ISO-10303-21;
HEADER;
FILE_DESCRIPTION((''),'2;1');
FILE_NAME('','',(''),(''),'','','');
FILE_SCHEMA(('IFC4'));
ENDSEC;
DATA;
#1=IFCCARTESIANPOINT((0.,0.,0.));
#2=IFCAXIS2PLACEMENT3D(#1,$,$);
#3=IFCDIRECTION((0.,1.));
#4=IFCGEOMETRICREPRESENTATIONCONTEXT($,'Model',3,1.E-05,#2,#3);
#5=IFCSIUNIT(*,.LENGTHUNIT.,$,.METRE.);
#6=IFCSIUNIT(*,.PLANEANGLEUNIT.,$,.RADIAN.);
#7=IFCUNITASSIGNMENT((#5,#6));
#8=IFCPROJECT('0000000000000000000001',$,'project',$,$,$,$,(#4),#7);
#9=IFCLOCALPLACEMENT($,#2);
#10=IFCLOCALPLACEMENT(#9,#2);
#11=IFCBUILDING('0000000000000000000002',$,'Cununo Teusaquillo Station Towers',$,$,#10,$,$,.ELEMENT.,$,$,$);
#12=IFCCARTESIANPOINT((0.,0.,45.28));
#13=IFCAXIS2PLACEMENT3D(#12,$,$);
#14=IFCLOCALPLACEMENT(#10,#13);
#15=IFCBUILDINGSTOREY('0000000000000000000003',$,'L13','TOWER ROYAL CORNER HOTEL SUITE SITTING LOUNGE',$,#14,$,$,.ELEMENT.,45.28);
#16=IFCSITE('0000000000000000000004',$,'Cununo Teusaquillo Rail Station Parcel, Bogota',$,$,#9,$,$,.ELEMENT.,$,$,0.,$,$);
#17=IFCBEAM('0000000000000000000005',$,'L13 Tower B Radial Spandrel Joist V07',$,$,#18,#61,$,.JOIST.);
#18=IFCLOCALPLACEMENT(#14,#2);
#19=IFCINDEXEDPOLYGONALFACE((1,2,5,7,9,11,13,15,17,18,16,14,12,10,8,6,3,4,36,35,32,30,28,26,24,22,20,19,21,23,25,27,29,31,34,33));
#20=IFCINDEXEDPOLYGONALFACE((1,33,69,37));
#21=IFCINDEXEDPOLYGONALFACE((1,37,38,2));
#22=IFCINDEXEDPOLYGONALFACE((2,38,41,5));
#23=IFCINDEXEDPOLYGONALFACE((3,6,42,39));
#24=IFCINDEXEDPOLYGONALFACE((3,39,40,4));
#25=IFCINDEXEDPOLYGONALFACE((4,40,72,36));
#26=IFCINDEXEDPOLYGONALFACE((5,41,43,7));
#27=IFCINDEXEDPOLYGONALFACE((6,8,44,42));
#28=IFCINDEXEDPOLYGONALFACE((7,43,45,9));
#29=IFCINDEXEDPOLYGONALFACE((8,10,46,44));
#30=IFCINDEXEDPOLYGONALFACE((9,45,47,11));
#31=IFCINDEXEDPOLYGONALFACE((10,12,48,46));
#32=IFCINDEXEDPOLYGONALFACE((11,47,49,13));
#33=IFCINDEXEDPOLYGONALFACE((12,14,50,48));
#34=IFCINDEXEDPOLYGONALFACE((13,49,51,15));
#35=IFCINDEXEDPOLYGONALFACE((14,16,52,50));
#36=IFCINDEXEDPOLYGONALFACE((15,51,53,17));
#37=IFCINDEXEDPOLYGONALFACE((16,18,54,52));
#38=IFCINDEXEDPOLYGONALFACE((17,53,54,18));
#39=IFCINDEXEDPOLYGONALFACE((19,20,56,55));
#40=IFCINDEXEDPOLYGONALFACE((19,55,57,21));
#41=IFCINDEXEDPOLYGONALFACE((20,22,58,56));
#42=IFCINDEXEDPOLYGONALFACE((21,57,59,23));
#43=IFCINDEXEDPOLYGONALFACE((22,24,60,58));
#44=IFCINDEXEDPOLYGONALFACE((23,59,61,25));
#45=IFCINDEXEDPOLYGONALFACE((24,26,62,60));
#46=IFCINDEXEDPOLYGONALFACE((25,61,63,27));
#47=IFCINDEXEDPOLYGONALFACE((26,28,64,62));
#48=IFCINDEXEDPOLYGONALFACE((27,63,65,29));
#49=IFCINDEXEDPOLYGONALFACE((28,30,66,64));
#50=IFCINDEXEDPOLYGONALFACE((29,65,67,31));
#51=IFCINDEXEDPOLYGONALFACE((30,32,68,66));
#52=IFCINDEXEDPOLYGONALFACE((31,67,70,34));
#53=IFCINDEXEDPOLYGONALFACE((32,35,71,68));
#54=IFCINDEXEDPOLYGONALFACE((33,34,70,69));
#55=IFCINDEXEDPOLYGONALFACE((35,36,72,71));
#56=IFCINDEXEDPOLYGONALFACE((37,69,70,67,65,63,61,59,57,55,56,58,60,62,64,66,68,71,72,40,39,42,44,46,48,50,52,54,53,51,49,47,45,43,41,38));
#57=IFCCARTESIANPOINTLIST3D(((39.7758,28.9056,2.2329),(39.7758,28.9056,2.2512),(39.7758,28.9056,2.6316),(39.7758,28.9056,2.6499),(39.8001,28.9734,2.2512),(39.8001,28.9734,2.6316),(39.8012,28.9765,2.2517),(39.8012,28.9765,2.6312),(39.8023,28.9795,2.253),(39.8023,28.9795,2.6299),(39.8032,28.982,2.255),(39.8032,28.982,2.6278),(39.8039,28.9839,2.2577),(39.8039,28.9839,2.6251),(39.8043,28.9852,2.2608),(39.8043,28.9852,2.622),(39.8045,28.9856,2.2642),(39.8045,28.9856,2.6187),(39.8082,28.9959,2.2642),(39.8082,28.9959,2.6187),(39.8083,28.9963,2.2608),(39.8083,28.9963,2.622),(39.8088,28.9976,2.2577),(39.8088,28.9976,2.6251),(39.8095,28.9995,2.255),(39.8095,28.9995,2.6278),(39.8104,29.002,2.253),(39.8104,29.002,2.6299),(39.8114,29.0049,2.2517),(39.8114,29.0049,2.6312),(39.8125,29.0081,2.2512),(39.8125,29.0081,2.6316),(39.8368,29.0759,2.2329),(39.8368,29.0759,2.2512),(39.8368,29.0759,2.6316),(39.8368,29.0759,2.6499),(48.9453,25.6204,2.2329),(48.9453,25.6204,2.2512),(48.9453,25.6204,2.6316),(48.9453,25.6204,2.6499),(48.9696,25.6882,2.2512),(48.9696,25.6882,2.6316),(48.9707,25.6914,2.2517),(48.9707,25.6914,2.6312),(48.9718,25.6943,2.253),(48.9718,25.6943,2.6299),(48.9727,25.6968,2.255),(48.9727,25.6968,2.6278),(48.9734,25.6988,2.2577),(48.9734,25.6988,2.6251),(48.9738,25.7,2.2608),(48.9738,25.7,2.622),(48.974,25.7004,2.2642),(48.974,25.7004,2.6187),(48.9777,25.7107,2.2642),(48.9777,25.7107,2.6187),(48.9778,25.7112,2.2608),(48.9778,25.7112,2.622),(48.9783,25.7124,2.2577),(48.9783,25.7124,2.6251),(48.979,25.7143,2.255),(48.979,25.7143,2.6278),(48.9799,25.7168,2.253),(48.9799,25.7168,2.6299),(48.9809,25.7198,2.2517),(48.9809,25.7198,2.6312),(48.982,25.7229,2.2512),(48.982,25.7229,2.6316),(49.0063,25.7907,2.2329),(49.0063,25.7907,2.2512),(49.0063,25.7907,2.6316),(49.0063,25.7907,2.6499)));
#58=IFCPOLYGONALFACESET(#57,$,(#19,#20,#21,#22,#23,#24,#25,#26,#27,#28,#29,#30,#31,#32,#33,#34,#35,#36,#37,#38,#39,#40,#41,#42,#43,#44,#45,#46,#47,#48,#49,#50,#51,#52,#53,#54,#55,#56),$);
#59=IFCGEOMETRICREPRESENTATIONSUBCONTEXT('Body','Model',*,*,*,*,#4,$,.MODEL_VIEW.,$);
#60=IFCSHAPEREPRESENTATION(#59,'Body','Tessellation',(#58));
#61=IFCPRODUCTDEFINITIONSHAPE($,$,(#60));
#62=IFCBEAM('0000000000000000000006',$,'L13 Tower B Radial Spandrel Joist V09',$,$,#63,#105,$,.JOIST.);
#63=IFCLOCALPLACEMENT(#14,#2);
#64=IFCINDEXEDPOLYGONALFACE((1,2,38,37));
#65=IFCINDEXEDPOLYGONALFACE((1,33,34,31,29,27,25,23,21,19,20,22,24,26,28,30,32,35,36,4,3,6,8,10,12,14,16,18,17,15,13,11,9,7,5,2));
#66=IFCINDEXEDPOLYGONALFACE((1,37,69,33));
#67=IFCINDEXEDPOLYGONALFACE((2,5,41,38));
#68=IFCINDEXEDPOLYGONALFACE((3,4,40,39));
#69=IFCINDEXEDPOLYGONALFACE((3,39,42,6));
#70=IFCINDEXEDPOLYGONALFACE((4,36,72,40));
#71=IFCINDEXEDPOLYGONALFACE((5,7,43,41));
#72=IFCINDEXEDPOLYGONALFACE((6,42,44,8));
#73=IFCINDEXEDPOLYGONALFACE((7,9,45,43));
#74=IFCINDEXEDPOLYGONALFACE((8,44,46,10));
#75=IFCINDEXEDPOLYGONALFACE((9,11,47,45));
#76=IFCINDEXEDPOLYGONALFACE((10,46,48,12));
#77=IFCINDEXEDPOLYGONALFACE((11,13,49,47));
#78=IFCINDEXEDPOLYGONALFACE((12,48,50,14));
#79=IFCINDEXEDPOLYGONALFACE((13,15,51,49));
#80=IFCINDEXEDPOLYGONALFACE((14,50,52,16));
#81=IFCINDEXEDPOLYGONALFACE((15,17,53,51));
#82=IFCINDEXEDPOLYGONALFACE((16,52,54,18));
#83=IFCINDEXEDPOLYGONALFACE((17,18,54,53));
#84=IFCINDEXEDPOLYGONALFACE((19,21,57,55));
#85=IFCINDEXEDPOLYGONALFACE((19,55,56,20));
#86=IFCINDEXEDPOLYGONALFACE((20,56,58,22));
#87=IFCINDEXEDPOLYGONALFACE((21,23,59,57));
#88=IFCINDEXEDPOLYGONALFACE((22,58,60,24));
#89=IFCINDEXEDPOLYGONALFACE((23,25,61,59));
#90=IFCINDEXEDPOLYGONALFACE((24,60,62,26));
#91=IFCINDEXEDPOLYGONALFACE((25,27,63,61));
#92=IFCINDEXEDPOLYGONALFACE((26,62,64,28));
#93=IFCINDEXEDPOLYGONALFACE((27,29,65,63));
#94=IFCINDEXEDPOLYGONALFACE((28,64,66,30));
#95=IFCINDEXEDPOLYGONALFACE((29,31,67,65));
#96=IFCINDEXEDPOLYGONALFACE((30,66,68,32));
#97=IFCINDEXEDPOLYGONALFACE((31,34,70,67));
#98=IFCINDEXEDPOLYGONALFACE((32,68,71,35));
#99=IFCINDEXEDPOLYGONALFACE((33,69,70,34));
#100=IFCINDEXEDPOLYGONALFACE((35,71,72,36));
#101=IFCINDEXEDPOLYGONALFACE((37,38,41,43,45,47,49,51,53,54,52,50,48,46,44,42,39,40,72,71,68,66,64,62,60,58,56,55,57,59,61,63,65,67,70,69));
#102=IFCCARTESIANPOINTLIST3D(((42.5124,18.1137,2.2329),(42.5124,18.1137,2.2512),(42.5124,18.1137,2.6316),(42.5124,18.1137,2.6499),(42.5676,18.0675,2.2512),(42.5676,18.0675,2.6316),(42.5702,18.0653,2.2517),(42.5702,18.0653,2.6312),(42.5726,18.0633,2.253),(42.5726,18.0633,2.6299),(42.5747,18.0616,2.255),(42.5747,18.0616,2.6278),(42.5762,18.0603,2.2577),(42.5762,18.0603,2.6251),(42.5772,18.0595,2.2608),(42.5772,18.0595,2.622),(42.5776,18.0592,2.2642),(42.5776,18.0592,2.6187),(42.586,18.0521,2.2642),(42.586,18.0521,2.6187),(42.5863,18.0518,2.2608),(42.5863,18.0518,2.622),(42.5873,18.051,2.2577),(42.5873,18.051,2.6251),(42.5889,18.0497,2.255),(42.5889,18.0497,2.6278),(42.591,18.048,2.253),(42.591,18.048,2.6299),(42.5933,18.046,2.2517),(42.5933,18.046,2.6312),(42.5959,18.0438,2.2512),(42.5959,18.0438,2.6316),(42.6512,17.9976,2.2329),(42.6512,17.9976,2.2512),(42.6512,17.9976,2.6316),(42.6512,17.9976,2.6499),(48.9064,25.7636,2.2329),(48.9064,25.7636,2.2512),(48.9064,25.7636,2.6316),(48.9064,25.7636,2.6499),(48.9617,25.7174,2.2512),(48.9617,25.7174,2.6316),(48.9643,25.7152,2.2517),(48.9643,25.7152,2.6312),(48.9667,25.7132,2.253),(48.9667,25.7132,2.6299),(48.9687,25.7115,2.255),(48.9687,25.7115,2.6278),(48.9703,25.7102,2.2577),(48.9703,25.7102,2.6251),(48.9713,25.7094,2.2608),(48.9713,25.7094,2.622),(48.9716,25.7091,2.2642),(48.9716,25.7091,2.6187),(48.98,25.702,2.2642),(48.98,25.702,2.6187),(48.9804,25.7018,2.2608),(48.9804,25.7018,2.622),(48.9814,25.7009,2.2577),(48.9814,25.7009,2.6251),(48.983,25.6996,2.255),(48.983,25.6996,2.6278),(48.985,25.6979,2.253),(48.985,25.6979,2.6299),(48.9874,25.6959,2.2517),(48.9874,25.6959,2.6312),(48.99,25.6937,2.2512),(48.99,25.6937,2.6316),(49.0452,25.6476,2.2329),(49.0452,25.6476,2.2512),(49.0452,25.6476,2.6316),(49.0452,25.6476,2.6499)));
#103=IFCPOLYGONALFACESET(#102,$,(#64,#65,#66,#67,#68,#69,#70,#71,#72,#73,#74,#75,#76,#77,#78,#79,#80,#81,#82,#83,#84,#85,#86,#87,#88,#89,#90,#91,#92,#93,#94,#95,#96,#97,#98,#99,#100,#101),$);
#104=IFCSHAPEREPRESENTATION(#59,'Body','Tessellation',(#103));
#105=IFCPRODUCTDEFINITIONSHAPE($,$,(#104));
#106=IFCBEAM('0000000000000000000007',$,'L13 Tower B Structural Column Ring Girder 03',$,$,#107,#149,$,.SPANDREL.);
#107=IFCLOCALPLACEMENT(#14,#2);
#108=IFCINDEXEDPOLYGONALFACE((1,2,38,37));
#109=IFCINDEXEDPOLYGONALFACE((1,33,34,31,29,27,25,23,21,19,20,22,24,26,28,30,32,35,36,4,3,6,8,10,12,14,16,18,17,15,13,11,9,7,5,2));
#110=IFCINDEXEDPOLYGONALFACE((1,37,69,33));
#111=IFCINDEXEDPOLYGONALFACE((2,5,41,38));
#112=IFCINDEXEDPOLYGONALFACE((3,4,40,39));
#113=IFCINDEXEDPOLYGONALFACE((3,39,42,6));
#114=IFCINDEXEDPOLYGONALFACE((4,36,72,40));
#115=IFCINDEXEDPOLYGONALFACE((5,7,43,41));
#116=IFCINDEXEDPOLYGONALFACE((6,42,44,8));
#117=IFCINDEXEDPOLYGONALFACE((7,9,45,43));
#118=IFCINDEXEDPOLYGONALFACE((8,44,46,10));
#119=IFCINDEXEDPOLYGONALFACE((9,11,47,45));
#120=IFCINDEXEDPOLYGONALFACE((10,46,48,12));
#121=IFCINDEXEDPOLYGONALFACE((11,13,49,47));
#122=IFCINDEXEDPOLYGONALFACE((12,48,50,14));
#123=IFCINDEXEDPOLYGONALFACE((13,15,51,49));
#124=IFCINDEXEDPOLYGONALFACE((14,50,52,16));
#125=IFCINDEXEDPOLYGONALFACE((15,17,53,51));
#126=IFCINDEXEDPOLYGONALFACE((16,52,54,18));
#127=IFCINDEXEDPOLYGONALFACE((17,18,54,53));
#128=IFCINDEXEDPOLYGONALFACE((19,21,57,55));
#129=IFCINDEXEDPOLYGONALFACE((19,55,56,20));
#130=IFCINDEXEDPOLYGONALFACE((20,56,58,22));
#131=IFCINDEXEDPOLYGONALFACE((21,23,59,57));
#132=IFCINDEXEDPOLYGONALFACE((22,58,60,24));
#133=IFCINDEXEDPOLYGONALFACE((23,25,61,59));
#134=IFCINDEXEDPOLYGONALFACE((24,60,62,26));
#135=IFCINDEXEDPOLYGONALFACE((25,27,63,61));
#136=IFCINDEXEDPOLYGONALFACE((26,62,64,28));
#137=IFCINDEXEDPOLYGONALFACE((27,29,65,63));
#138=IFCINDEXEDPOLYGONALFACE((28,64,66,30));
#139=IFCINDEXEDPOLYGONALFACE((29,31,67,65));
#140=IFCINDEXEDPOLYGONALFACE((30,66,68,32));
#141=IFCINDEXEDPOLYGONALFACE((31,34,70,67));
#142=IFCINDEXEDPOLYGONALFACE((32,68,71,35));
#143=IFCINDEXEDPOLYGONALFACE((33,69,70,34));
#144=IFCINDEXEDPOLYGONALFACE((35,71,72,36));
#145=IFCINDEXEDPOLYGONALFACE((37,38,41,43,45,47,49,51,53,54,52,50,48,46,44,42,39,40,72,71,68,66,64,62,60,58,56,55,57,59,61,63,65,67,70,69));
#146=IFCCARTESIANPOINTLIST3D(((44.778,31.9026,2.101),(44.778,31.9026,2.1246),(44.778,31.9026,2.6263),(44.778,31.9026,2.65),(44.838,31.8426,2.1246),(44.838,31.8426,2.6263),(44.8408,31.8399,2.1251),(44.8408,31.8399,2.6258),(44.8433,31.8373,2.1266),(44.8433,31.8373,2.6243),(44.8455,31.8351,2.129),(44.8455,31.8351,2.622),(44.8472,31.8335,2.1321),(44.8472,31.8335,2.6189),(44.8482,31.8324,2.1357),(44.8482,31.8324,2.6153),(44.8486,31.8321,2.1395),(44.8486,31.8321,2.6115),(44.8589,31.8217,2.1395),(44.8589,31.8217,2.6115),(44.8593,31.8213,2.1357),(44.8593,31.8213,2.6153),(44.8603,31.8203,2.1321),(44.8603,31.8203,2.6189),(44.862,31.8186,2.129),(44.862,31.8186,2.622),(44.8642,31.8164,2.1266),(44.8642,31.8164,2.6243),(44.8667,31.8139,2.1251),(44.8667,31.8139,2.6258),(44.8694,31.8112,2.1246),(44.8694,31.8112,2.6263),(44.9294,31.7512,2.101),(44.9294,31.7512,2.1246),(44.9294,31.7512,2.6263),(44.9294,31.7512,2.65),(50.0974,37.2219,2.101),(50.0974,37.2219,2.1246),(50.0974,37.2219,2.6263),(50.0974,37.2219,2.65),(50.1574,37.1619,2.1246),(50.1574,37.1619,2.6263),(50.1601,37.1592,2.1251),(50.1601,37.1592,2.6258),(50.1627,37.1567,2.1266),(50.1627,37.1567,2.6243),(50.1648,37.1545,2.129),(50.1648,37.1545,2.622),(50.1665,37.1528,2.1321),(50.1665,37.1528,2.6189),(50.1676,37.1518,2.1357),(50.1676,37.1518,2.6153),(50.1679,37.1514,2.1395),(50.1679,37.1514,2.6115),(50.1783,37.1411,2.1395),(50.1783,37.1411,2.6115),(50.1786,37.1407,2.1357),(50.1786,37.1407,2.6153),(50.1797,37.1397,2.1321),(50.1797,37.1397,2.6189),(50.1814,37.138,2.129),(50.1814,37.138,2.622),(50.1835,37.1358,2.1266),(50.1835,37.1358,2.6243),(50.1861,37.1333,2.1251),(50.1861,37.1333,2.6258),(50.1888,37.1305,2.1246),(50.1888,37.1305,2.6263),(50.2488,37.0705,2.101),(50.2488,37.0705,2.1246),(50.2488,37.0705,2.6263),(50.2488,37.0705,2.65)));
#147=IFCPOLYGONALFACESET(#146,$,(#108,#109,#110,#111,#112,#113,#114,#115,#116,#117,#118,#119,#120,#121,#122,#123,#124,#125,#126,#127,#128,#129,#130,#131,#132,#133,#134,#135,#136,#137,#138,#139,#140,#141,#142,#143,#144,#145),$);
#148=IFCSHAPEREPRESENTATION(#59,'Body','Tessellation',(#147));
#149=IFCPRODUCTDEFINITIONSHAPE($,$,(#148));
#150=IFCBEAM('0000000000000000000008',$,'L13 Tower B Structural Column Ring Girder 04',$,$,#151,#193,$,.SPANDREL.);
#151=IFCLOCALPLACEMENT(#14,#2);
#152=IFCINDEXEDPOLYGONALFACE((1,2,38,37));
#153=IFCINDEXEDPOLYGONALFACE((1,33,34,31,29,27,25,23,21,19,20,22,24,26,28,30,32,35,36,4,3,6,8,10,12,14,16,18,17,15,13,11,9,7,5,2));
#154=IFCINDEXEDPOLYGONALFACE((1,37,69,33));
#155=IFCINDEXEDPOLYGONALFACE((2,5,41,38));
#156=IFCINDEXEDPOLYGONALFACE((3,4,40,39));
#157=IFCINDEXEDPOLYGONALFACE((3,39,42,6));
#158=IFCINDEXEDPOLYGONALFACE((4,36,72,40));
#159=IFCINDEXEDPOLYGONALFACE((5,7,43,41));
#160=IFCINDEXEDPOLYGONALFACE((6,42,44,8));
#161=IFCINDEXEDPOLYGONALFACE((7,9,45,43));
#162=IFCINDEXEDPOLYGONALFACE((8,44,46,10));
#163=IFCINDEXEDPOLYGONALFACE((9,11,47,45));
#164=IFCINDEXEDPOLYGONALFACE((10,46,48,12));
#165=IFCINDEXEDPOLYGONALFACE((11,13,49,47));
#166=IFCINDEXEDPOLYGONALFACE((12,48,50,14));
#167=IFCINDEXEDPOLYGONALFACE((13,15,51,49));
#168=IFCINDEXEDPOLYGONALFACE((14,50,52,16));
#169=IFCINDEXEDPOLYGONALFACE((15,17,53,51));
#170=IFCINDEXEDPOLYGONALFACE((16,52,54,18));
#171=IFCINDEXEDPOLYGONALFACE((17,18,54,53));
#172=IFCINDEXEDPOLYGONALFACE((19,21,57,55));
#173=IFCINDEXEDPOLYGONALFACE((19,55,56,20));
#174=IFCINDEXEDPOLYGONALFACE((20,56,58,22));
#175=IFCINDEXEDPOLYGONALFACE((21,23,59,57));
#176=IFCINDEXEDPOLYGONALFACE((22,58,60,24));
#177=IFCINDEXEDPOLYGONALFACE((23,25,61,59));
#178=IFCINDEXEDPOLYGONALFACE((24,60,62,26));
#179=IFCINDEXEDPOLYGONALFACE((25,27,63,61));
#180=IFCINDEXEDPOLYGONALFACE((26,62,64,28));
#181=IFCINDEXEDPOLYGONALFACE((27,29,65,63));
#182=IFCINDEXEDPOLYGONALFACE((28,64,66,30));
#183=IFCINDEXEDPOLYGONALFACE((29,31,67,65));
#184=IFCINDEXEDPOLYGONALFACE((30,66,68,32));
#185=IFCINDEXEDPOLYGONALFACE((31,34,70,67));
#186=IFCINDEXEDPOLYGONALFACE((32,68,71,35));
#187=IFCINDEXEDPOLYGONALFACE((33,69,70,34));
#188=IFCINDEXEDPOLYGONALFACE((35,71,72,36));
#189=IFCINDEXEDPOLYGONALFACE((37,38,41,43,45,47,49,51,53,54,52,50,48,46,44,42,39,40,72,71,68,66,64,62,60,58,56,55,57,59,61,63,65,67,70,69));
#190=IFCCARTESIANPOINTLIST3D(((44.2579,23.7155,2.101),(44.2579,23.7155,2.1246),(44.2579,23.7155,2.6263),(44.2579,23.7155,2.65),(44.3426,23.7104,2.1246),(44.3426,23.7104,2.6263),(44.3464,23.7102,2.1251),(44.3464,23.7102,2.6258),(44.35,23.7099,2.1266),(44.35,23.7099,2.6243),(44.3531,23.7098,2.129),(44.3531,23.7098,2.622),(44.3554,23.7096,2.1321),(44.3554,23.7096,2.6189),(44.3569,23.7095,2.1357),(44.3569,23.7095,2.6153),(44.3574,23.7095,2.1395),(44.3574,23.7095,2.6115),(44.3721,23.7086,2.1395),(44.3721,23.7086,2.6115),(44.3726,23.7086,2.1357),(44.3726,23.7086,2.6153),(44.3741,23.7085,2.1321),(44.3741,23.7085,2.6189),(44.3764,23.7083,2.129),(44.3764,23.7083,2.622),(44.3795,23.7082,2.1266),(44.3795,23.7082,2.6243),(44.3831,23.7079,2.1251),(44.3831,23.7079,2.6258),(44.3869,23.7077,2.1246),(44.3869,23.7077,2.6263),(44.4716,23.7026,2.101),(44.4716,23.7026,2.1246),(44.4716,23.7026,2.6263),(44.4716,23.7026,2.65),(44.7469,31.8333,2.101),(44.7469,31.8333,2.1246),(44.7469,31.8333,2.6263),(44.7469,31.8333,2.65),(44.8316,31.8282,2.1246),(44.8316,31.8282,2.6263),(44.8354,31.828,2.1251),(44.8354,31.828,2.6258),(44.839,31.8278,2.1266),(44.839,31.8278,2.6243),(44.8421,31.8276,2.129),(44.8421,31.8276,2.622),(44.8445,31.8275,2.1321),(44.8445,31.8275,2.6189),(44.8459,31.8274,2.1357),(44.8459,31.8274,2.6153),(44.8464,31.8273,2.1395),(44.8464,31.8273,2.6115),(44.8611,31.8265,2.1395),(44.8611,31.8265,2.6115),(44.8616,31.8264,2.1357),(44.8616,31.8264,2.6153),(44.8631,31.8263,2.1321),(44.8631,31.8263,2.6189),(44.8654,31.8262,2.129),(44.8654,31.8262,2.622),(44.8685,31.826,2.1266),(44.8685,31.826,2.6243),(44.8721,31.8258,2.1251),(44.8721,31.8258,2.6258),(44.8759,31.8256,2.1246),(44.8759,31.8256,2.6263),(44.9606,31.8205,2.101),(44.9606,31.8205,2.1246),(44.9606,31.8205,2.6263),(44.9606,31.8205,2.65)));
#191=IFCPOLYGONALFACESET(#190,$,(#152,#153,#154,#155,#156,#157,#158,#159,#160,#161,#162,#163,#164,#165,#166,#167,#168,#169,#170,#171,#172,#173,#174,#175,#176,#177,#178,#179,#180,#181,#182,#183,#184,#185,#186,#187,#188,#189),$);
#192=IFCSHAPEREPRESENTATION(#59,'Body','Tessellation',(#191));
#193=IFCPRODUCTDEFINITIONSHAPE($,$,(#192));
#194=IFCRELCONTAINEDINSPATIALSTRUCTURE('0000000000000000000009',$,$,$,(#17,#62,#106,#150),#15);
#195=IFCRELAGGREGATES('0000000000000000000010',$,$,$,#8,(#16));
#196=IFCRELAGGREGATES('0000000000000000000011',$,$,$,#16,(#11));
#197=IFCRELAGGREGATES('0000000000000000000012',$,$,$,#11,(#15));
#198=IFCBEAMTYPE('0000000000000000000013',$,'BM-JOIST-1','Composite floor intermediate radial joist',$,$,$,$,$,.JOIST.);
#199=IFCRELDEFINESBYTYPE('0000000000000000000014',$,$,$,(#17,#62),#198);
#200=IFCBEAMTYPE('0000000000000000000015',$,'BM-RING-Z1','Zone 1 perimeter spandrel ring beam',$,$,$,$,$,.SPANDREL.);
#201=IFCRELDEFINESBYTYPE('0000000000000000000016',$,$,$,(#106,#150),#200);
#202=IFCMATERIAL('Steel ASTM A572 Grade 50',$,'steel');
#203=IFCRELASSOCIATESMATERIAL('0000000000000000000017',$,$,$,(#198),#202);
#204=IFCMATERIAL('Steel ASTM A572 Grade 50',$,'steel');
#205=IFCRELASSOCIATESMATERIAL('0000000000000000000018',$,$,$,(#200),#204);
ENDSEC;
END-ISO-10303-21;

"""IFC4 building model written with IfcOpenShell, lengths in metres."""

from ifc_helpers import new_model, si_unit, direction, frame, origin, origin_2d, place, context, subcontext, project, spatial, i_section, extrude, material, material_profile, profile_set, type_object, element, save


model = new_model("IFC4")

# Units and contexts
model_context = context("Model", 3, precision=1e-05, world=origin(), true_north=direction((0.0, 1.0)))
body_context = subcontext(model_context, "Body", "Model", "MODEL_VIEW")
ifc_project = project(units=[si_unit("LENGTHUNIT", "METRE"), si_unit("PLANEANGLEUNIT", "RADIAN")], contexts=[model_context])

# Site, building, storey
site_placement = place(None, origin())
site = spatial("IfcSite", under=ifc_project, at=site_placement, Name="Cununo Teusaquillo Rail Station Parcel, Bogota", CompositionType="ELEMENT", RefElevation=0.0)
building_placement = place(site_placement, origin())
building = spatial("IfcBuilding", under=site, at=building_placement, Name="Cununo Teusaquillo Station Towers", CompositionType="ELEMENT")
storey_placement = place(building_placement, frame((0.0, 0.0, 45.28)))
storey = spatial("IfcBuildingStorey", under=building, at=storey_placement, Name="L13", Description="TOWER ROYAL CORNER HOTEL SUITE SITTING LOUNGE", CompositionType="ELEMENT", Elevation=45.28)

# Beams
ifc_material_1 = material(Name="Steel ASTM A572 Grade 50", Category="steel")
ifc_material_profile_1 = material_profile(ifc_material_1, i_section(OverallWidth=0.1809, OverallDepth=0.417, WebThickness=0.011, FlangeThickness=0.0183, FilletRadius=0.0129, at=origin_2d()), Name="W16X57")
ifc_profile_set_1 = profile_set([ifc_material_profile_1], Name="Steel ASTM A572 Grade 50")
beam_type_1 = type_object("IfcBeamType", Name="BM-JOIST-1", Description="Composite floor intermediate radial joist", PredefinedType="JOIST", material=ifc_profile_set_1)
beam_1_placement = place(storey_placement, frame((48.9758, 25.7056, 2.4414), z_axis=(-0.941405, 0.337279, 0.0), x_axis=(-0.337279, -0.941405, 0.0)))
element("IfcBeam", 1, at=beam_1_placement, inside=storey, type_object=beam_type_1, Name="L13 Tower B Radial Spandrel Joist V07", PredefinedType="JOIST", context=body_context, shape_type="SweptSolid", body=[
    extrude(i_section(OverallWidth=0.1809, OverallDepth=0.417, WebThickness=0.011, FlangeThickness=0.0183, FilletRadius=0.0129, at=origin_2d()), origin(), (0.0, 0.0, 1.0), 9.7402),
])
beam_2_placement = place(storey_placement, frame((48.9758, 25.7056, 2.4414), z_axis=(-0.641316, -0.767277, 0.0), x_axis=(0.767277, -0.641316, 0.0)))
element("IfcBeam", 2, at=beam_2_placement, inside=storey, type_object=beam_type_1, Name="L13 Tower B Radial Spandrel Joist V09", PredefinedType="JOIST", context=body_context, shape_type="SweptSolid", body=[
    extrude(i_section(OverallWidth=0.1809, OverallDepth=0.417, WebThickness=0.011, FlangeThickness=0.0183, FilletRadius=0.0129, at=origin_2d()), origin(), (0.0, 0.0, 1.0), 9.9702),
])
ifc_material_2 = material(Name="Steel ASTM A572 Grade 50", Category="steel")
ifc_material_profile_2 = material_profile(ifc_material_2, i_section(OverallWidth=0.2141, OverallDepth=0.5491, WebThickness=0.0146, FlangeThickness=0.0237, FilletRadius=0.0149, at=origin_2d()), Name="W21X93")
ifc_profile_set_2 = profile_set([ifc_material_profile_2], Name="Steel ASTM A572 Grade 50")
beam_type_2 = type_object("IfcBeamType", Name="BM-RING-Z1", Description="Zone 1 perimeter spandrel ring beam", PredefinedType="SPANDREL", material=ifc_profile_set_2)
beam_3_placement = place(storey_placement, frame((50.1731, 37.1462, 2.3755), z_axis=(-0.707107, -0.707107, 0.0), x_axis=(0.707107, -0.707107, 0.0)))
element("IfcBeam", 3, at=beam_3_placement, inside=storey, type_object=beam_type_2, Name="L13 Tower B Structural Column Ring Girder 03", PredefinedType="SPANDREL", context=body_context, shape_type="SweptSolid", body=[
    extrude(i_section(OverallWidth=0.2141, OverallDepth=0.5491, WebThickness=0.0146, FlangeThickness=0.0237, FilletRadius=0.0149, at=origin_2d()), origin(), (0.0, 0.0, 1.0), 7.5227),
])
beam_4_placement = place(storey_placement, frame((44.8538, 31.8269, 2.3755), z_axis=(-0.06013, -0.998191, 0.0), x_axis=(0.998191, -0.06013, 0.0)))
element("IfcBeam", 4, at=beam_4_placement, inside=storey, type_object=beam_type_2, Name="L13 Tower B Structural Column Ring Girder 04", PredefinedType="SPANDREL", context=body_context, shape_type="SweptSolid", body=[
    extrude(i_section(OverallWidth=0.2141, OverallDepth=0.5491, WebThickness=0.0146, FlangeThickness=0.0237, FilletRadius=0.0149, at=origin_2d()), origin(), (0.0, 0.0, 1.0), 8.1326),
])

save(model, "model.ifc")
